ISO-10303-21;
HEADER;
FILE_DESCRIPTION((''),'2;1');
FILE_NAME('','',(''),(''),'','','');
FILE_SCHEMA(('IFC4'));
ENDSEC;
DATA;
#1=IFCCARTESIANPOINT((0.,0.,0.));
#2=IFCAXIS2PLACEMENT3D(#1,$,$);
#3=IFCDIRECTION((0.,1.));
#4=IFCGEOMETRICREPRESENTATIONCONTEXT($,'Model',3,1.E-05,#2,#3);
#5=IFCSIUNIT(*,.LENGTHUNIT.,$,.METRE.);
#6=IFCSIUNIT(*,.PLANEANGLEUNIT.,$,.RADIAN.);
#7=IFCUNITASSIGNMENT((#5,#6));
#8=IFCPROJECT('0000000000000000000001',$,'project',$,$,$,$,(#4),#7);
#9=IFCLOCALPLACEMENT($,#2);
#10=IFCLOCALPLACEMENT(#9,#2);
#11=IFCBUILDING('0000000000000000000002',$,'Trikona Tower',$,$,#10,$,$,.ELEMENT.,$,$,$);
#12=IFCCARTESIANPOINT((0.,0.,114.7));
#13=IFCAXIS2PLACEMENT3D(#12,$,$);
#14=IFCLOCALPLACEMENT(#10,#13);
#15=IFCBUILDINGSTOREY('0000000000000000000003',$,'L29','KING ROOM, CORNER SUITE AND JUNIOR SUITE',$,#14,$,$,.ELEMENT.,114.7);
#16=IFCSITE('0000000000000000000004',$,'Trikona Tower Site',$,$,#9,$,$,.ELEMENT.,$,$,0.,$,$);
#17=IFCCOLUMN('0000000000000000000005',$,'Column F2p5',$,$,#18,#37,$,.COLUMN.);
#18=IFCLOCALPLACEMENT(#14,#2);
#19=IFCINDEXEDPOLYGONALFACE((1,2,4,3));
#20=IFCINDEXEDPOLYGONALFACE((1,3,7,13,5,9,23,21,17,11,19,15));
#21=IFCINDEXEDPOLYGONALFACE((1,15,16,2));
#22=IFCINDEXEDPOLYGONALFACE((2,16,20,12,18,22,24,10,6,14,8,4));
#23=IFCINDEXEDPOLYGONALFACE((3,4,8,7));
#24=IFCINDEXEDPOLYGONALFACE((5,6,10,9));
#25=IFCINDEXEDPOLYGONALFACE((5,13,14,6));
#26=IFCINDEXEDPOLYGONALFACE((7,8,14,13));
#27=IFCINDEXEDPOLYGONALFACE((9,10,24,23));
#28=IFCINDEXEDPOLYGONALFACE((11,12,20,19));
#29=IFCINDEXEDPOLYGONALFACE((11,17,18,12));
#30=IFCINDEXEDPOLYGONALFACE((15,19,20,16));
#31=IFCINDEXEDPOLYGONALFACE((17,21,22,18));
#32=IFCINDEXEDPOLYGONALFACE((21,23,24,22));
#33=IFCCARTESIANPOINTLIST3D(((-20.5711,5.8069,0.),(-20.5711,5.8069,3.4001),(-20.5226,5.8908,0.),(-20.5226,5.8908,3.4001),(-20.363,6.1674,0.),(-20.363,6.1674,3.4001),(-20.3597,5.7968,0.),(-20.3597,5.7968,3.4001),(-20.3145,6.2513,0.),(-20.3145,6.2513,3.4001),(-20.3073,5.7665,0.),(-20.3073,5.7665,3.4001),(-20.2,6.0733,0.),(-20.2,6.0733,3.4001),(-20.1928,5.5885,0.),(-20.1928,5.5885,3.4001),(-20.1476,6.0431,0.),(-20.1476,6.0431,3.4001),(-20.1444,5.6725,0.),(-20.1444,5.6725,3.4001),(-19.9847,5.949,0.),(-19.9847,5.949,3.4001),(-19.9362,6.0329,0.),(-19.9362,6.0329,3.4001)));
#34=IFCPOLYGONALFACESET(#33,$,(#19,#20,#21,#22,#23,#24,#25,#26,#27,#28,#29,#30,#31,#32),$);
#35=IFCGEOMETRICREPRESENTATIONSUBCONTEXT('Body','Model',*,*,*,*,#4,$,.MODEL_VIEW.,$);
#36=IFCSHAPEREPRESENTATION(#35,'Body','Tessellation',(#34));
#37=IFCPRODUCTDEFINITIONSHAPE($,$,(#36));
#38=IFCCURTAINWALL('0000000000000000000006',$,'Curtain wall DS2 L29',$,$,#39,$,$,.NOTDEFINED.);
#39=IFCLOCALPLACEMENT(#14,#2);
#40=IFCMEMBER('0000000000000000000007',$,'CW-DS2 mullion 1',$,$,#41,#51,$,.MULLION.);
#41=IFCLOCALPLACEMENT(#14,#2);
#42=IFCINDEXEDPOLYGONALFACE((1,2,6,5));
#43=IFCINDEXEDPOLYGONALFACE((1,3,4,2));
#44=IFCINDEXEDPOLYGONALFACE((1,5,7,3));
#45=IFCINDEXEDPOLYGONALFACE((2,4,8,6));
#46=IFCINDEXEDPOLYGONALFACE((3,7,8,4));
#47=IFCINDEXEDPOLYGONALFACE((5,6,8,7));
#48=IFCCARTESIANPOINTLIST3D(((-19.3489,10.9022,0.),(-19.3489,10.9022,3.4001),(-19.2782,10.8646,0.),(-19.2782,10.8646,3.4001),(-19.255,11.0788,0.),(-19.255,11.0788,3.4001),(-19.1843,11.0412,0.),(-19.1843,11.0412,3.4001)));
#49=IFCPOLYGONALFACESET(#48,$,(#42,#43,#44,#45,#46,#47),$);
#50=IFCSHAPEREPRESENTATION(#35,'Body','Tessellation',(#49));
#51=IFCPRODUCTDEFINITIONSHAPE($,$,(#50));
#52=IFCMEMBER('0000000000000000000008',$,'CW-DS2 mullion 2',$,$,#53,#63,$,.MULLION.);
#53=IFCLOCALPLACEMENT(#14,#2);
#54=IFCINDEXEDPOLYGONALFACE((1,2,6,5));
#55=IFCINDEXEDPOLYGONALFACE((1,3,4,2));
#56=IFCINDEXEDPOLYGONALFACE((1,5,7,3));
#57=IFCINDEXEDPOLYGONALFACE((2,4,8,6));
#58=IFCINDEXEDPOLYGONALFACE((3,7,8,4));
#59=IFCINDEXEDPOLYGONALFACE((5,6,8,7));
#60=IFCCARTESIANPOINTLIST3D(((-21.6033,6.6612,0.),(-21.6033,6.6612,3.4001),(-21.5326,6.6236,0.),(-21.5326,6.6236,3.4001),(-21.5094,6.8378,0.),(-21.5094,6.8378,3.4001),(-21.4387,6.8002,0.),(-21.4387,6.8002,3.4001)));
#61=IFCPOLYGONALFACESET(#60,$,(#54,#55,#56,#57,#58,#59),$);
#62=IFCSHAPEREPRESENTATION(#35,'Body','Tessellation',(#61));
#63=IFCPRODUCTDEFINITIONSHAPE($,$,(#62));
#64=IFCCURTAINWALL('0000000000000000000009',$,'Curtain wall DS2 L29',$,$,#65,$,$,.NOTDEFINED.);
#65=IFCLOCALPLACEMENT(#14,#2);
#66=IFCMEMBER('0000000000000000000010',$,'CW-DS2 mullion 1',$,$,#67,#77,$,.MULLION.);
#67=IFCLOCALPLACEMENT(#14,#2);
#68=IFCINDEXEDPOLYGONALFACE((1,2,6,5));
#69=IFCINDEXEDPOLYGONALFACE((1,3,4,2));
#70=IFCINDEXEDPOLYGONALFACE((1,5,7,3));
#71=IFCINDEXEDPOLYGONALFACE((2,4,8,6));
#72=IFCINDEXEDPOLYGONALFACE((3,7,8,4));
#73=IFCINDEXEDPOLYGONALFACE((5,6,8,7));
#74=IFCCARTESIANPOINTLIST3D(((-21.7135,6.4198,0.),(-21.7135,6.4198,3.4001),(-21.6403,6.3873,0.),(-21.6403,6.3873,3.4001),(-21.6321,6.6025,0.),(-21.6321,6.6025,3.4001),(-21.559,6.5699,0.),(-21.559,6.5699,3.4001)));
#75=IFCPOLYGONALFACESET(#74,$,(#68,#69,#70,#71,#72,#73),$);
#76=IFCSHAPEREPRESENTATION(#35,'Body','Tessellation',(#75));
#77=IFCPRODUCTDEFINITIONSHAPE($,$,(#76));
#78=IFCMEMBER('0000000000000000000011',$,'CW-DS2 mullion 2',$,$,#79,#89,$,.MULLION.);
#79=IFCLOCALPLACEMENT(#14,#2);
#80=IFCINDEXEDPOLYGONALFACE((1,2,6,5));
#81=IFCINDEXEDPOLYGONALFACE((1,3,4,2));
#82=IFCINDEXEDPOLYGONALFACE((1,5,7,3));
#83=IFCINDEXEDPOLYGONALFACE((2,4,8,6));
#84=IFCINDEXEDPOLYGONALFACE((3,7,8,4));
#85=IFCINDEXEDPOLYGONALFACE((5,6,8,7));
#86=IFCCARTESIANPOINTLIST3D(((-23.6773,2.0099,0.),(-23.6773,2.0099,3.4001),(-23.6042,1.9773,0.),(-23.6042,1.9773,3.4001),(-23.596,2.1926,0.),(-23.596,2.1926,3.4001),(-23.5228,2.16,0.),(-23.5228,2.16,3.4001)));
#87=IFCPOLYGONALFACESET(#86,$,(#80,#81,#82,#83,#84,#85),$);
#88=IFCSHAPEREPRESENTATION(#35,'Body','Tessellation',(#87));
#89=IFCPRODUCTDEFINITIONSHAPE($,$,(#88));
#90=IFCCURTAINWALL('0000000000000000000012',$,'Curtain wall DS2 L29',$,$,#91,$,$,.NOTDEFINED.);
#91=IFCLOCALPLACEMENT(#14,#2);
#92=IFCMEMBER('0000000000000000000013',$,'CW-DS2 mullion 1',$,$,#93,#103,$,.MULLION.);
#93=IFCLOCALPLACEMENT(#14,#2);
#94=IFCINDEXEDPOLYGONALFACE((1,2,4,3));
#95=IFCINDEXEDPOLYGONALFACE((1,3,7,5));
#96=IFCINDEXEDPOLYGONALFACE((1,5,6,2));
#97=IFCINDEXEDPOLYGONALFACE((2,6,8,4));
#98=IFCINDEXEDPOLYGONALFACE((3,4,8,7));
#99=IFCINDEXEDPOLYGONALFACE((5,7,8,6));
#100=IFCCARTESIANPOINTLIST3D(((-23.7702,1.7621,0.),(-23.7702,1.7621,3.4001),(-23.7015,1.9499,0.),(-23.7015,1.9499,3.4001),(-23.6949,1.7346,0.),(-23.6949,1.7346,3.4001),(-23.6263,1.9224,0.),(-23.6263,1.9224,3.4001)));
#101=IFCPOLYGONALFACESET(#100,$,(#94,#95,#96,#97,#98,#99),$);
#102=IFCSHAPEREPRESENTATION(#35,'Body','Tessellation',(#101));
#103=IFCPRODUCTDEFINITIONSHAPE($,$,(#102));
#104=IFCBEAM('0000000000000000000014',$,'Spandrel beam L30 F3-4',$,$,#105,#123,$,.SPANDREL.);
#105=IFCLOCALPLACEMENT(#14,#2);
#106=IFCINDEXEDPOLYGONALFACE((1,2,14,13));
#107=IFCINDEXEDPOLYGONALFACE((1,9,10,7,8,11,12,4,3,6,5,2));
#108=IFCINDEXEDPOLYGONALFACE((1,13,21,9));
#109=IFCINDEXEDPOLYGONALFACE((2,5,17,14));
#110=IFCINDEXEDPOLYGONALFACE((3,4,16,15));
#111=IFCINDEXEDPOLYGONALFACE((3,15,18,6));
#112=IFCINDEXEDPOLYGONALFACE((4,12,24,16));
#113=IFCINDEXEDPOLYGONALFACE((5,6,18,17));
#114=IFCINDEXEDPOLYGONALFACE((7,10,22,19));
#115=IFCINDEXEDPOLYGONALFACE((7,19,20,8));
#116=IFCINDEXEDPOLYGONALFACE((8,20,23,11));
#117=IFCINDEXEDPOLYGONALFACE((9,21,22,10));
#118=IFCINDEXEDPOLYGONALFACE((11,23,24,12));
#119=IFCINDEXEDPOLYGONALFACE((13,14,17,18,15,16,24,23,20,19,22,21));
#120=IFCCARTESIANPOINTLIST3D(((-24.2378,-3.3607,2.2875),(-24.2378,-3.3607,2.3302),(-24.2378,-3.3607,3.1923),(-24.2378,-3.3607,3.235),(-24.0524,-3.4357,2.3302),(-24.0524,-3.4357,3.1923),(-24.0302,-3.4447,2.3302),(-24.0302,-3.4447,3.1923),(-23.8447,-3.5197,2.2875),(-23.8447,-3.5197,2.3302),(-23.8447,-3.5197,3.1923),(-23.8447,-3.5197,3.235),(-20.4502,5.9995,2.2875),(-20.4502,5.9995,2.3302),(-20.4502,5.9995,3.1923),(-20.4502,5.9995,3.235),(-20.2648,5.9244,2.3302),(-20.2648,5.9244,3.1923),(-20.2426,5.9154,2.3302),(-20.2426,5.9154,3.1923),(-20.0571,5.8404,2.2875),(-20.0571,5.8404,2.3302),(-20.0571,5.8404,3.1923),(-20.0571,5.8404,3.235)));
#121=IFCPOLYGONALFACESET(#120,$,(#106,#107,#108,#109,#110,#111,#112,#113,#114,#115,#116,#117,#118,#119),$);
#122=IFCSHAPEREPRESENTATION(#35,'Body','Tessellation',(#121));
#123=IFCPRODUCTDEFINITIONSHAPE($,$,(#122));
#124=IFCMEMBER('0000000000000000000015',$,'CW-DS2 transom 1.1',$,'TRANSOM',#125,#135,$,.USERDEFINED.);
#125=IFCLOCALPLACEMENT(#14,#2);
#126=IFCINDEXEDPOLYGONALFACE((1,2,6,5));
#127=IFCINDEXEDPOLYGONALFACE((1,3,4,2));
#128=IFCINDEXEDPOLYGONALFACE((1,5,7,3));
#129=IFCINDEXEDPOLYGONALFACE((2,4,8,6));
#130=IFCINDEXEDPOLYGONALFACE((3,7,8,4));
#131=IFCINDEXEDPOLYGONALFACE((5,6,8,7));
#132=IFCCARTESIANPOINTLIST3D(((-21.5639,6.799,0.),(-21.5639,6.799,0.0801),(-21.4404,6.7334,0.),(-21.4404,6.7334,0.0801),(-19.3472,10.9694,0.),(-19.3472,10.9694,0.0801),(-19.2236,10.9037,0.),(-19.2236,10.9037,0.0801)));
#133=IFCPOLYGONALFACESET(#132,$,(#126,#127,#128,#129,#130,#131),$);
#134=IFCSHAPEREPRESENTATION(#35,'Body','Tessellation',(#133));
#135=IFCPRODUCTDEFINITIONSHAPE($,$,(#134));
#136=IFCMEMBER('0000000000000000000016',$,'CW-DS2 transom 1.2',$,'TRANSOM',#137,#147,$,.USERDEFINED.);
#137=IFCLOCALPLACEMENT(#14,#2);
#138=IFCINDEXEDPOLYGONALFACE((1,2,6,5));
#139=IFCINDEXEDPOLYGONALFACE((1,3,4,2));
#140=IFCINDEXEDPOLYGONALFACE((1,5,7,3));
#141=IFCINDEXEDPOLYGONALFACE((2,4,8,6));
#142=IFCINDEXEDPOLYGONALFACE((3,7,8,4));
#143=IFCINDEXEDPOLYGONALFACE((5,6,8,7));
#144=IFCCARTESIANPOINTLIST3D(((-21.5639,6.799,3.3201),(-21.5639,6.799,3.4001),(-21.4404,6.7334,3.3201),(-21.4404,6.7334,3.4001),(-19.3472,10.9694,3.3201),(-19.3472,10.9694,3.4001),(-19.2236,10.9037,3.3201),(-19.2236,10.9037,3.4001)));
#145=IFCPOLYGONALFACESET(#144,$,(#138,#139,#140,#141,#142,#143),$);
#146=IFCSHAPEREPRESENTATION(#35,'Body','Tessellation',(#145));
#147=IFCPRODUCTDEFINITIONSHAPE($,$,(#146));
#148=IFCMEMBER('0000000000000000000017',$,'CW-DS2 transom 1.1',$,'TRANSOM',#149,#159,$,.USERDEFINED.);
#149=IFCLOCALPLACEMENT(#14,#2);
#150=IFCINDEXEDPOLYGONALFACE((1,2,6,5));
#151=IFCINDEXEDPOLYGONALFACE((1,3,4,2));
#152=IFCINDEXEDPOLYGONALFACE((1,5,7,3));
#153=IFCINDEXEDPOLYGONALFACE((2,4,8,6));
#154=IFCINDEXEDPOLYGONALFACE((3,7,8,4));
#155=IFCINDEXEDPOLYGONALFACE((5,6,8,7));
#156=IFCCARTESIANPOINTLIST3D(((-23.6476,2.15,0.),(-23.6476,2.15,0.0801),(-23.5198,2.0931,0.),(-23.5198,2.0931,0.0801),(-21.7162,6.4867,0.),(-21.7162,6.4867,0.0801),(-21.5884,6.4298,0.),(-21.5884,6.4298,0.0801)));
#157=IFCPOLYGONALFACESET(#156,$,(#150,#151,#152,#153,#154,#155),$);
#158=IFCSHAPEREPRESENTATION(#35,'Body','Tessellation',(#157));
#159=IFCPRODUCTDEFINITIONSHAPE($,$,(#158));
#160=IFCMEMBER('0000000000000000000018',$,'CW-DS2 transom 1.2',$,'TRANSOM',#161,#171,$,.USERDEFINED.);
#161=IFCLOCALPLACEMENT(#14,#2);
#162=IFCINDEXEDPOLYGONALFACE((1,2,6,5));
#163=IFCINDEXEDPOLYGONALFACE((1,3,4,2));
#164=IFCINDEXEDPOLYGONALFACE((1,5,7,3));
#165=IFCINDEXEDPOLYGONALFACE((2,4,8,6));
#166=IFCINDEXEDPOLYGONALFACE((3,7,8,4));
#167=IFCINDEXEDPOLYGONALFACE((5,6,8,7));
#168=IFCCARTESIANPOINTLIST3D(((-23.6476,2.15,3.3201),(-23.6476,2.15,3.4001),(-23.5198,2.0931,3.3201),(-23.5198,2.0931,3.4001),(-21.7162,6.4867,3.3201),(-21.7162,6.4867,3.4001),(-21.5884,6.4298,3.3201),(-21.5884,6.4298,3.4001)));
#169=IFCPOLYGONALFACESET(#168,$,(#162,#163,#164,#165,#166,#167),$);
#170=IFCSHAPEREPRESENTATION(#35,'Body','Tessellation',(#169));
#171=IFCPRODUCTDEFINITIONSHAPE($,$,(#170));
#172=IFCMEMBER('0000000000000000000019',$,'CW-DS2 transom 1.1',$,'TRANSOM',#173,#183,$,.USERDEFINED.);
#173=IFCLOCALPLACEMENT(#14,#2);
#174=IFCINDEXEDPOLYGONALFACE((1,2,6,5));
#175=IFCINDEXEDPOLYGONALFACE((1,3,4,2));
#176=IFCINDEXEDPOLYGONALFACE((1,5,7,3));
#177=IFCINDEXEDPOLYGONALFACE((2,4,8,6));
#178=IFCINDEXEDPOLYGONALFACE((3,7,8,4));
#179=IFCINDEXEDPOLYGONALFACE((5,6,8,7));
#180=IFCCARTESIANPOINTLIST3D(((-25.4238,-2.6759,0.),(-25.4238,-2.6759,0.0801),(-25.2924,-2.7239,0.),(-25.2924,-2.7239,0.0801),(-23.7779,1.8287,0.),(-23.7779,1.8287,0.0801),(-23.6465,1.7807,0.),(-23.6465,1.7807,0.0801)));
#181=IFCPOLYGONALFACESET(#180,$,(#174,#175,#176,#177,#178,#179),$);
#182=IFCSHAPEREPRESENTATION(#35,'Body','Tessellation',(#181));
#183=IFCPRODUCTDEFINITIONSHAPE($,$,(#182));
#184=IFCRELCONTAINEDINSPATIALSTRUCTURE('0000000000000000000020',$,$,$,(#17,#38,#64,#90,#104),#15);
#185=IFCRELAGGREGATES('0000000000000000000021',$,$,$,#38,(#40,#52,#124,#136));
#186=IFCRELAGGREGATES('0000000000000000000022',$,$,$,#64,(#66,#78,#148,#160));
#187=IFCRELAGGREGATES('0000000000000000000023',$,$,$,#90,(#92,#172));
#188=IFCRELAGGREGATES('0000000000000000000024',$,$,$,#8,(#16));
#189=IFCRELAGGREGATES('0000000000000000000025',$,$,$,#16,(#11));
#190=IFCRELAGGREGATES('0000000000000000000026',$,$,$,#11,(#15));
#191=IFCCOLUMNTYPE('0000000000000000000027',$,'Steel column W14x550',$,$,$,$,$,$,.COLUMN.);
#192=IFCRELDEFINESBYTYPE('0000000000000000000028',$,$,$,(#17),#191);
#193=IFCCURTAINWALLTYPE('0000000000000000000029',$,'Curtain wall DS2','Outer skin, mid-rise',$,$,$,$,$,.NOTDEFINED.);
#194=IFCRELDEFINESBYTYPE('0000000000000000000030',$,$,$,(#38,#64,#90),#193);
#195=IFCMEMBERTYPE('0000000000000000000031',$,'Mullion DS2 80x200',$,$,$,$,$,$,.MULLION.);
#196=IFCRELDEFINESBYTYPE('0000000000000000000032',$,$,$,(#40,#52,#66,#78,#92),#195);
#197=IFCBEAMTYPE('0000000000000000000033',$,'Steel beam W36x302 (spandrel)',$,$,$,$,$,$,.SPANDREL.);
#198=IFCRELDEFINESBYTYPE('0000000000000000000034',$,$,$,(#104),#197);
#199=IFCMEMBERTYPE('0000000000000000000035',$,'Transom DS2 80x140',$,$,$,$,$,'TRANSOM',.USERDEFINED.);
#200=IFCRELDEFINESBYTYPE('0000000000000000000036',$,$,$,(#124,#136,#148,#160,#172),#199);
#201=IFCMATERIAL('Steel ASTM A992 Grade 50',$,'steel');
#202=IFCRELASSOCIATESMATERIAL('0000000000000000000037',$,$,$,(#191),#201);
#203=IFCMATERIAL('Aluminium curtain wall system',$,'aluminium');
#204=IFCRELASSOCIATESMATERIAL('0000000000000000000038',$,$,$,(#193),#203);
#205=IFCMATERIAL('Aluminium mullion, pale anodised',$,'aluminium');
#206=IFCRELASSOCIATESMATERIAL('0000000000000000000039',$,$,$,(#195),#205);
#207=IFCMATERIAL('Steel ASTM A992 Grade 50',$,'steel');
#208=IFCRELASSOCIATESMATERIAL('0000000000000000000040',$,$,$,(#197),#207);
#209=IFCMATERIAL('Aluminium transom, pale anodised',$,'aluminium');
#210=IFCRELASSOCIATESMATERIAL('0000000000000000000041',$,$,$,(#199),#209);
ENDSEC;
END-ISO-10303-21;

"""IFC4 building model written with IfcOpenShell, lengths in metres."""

from ifc_helpers import new_model, si_unit, direction, frame, origin, origin_2d, place, context, subcontext, project, spatial, rectangle, i_section, extrude, material, material_profile, profile_set, type_object, element, aggregate, save


model = new_model("IFC4")

# Units and contexts
model_context = context("Model", 3, precision=1e-05, world=origin(), true_north=direction((0.0, 1.0)))
body_context = subcontext(model_context, "Body", "Model", "MODEL_VIEW")
ifc_project = project(units=[si_unit("LENGTHUNIT", "METRE"), si_unit("PLANEANGLEUNIT", "RADIAN")], contexts=[model_context])

# Site, building, storey
site_placement = place(None, origin())
site = spatial("IfcSite", under=ifc_project, at=site_placement, Name="Trikona Tower Site", CompositionType="ELEMENT", RefElevation=0.0)
building_placement = place(site_placement, origin())
building = spatial("IfcBuilding", under=site, at=building_placement, Name="Trikona Tower", CompositionType="ELEMENT")
storey_placement = place(building_placement, frame((0.0, 0.0, 114.7)))
storey = spatial("IfcBuildingStorey", under=building, at=storey_placement, Name="L29", Description="KING ROOM, CORNER SUITE AND JUNIOR SUITE", CompositionType="ELEMENT", Elevation=114.7)

# Column
ifc_material_1 = material(Name="Steel ASTM A992 Grade 50", Category="steel")
ifc_material_profile_1 = material_profile(ifc_material_1, i_section(OverallWidth=0.4368, OverallDepth=0.5132, WebThickness=0.0605, FlangeThickness=0.0969, at=origin_2d()), Name="W14X550")
ifc_profile_set_1 = profile_set([ifc_material_profile_1], Name="Steel ASTM A992 Grade 50")
column_type = type_object("IfcColumnType", Name="Steel column W14x550", PredefinedType="COLUMN", material=ifc_profile_set_1)
column_placement = place(storey_placement, frame((-20.2537, 5.9199, 0.0), z_axis=(0.0, 0.0, 1.0), x_axis=(-0.866025, 0.5, 0.0)))
element("IfcColumn", 1, at=column_placement, inside=storey, type_object=column_type, Name="Column F2p5", PredefinedType="COLUMN", context=body_context, shape_type="SweptSolid", body=[
    extrude(i_section(OverallWidth=0.4368, OverallDepth=0.5132, WebThickness=0.0605, FlangeThickness=0.0969, at=origin_2d()), origin(), (0.0, 0.0, 1.0), 3.4001),
])

# Curtain walls, members
ifc_material_2 = material(Name="Aluminium curtain wall system", Category="aluminium")
curtain_wall_type = type_object("IfcCurtainWallType", Name="Curtain wall DS2", Description="Outer skin, mid-rise", PredefinedType="NOTDEFINED", material=ifc_material_2)
curtain_wall_1_placement = place(storey_placement, origin())
curtain_wall_1 = element("IfcCurtainWall", 2, at=curtain_wall_1_placement, inside=storey, type_object=curtain_wall_type, Name="Curtain wall DS2 L29", PredefinedType="NOTDEFINED")
ifc_material_3 = material(Name="Aluminium mullion, pale anodised", Category="aluminium")
ifc_material_profile_2 = material_profile(ifc_material_3, rectangle(XDim=0.0801, YDim=0.2, at=origin_2d()), Name="MUL-DS2")
ifc_profile_set_2 = profile_set([ifc_material_profile_2], Name="Aluminium mullion, pale anodised")
member_type_1 = type_object("IfcMemberType", Name="Mullion DS2 80x200", PredefinedType="MULLION", material=ifc_profile_set_2)
member_1_placement = place(storey_placement, frame((-19.2666, 10.9717, 0.0), z_axis=(0.0, 0.0, 1.0), x_axis=(0.882996, -0.46938, 0.0)))
member_1 = element("IfcMember", 3, at=member_1_placement, type_object=member_type_1, Name="CW-DS2 mullion 1", PredefinedType="MULLION", context=body_context, shape_type="SweptSolid", body=[
    extrude(rectangle(XDim=0.0801, YDim=0.2, at=origin_2d()), origin(), (0.0, 0.0, 1.0), 3.4001),
])
member_2_placement = place(storey_placement, frame((-21.521, 6.7307, 0.0), z_axis=(0.0, 0.0, 1.0), x_axis=(0.882996, -0.46938, 0.0)))
member_2 = element("IfcMember", 4, at=member_2_placement, type_object=member_type_1, Name="CW-DS2 mullion 2", PredefinedType="MULLION", context=body_context, shape_type="SweptSolid", body=[
    extrude(rectangle(XDim=0.0801, YDim=0.2, at=origin_2d()), origin(), (0.0, 0.0, 1.0), 3.4001),
])
curtain_wall_2_placement = place(storey_placement, origin())
curtain_wall_2 = element("IfcCurtainWall", 5, at=curtain_wall_2_placement, inside=storey, type_object=curtain_wall_type, Name="Curtain wall DS2 L29", PredefinedType="NOTDEFINED")
member_3_placement = place(storey_placement, frame((-21.6362, 6.4949, 0.0), z_axis=(0.0, 0.0, 1.0), x_axis=(0.913501, -0.406836, 0.0)))
member_3 = element("IfcMember", 6, at=member_3_placement, type_object=member_type_1, Name="CW-DS2 mullion 1", PredefinedType="MULLION", context=body_context, shape_type="SweptSolid", body=[
    extrude(rectangle(XDim=0.0801, YDim=0.2, at=origin_2d()), origin(), (0.0, 0.0, 1.0), 3.4001),
])
member_4_placement = place(storey_placement, frame((-23.6001, 2.085, 0.0), z_axis=(0.0, 0.0, 1.0), x_axis=(0.913501, -0.406836, 0.0)))
member_4 = element("IfcMember", 7, at=member_4_placement, type_object=member_type_1, Name="CW-DS2 mullion 2", PredefinedType="MULLION", context=body_context, shape_type="SweptSolid", body=[
    extrude(rectangle(XDim=0.0801, YDim=0.2, at=origin_2d()), origin(), (0.0, 0.0, 1.0), 3.4001),
])

# Curtain wall, member
curtain_wall_3_placement = place(storey_placement, origin())
curtain_wall_3 = element("IfcCurtainWall", 8, at=curtain_wall_3_placement, inside=storey, type_object=curtain_wall_type, Name="Curtain wall DS2 L29", PredefinedType="NOTDEFINED")
member_5_placement = place(storey_placement, frame((-23.6982, 1.8423, 0.0), z_axis=(0.0, 0.0, 1.0), x_axis=(0.939254, -0.343223, 0.0)))
member_5 = element("IfcMember", 9, at=member_5_placement, type_object=member_type_1, Name="CW-DS2 mullion 1", PredefinedType="MULLION", context=body_context, shape_type="SweptSolid", body=[
    extrude(rectangle(XDim=0.0801, YDim=0.2, at=origin_2d()), origin(), (0.0, 0.0, 1.0), 3.4001),
])

# Beam
ifc_material_4 = material(Name="Steel ASTM A992 Grade 50", Category="steel")
ifc_material_profile_3 = material_profile(ifc_material_4, i_section(OverallWidth=0.4241, OverallDepth=0.9475, WebThickness=0.0239, FlangeThickness=0.0427, at=origin_2d()), Name="W36X302")
ifc_profile_set_3 = profile_set([ifc_material_profile_3], Name="Steel ASTM A992 Grade 50")
beam_type = type_object("IfcBeamType", Name="Steel beam W36x302 (spandrel)", PredefinedType="SPANDREL", material=ifc_profile_set_3)
beam_placement = place(storey_placement, frame((-20.2537, 5.9199, 2.7612), z_axis=(-0.375106, -0.926982, 0.0), x_axis=(0.926982, -0.375106, 0.0)))
element("IfcBeam", 10, at=beam_placement, inside=storey, type_object=beam_type, Name="Spandrel beam L30 F3-4", PredefinedType="SPANDREL", context=body_context, shape_type="SweptSolid", body=[
    extrude(i_section(OverallWidth=0.4241, OverallDepth=0.9475, WebThickness=0.0239, FlangeThickness=0.0427, at=origin_2d()), origin(), (0.0, 0.0, 1.0), 10.0974),
])

# Members
ifc_material_5 = material(Name="Aluminium transom, pale anodised", Category="aluminium")
ifc_material_profile_4 = material_profile(ifc_material_5, rectangle(XDim=0.1399, YDim=0.0801, at=origin_2d()), Name="TRN-DS2")
ifc_profile_set_4 = profile_set([ifc_material_profile_4], Name="Aluminium transom, pale anodised")
member_type_2 = type_object("IfcMemberType", Name="Transom DS2 80x140", ElementType="TRANSOM", PredefinedType="USERDEFINED", material=ifc_profile_set_4)
member_6_placement = place(storey_placement, frame((-19.2854, 10.9365, 0.04), z_axis=(-0.469364, -0.883005, 0.0), x_axis=(0.883005, -0.469364, 0.0)))
member_6 = element("IfcMember", 11, at=member_6_placement, type_object=member_type_2, Name="CW-DS2 transom 1.1", ObjectType="TRANSOM", PredefinedType="USERDEFINED", context=body_context, shape_type="SweptSolid", body=[
    extrude(rectangle(XDim=0.1399, YDim=0.0801, at=origin_2d()), origin(), (0.0, 0.0, 1.0), 4.7229),
])
member_7_placement = place(storey_placement, frame((-19.2854, 10.9365, 3.3601), z_axis=(-0.469364, -0.883005, 0.0), x_axis=(0.883005, -0.469364, 0.0)))
member_7 = element("IfcMember", 12, at=member_7_placement, type_object=member_type_2, Name="CW-DS2 transom 1.2", ObjectType="TRANSOM", PredefinedType="USERDEFINED", context=body_context, shape_type="SweptSolid", body=[
    extrude(rectangle(XDim=0.1399, YDim=0.0801, at=origin_2d()), origin(), (0.0, 0.0, 1.0), 4.7229),
])
member_8_placement = place(storey_placement, frame((-21.6523, 6.4583, 0.04), z_axis=(-0.40684, -0.9135, 0.0), x_axis=(0.9135, -0.40684, 0.0)))
member_8 = element("IfcMember", 13, at=member_8_placement, type_object=member_type_2, Name="CW-DS2 transom 1.1", ObjectType="TRANSOM", PredefinedType="USERDEFINED", context=body_context, shape_type="SweptSolid", body=[
    extrude(rectangle(XDim=0.1399, YDim=0.0801, at=origin_2d()), origin(), (0.0, 0.0, 1.0), 4.7473),
])
member_9_placement = place(storey_placement, frame((-21.6523, 6.4583, 3.3601), z_axis=(-0.40684, -0.9135, 0.0), x_axis=(0.9135, -0.40684, 0.0)))
member_9 = element("IfcMember", 14, at=member_9_placement, type_object=member_type_2, Name="CW-DS2 transom 1.2", ObjectType="TRANSOM", PredefinedType="USERDEFINED", context=body_context, shape_type="SweptSolid", body=[
    extrude(rectangle(XDim=0.1399, YDim=0.0801, at=origin_2d()), origin(), (0.0, 0.0, 1.0), 4.7473),
])
member_10_placement = place(storey_placement, frame((-23.7122, 1.8047, 0.04), z_axis=(-0.343206, -0.93926, 0.0), x_axis=(0.93926, -0.343206, 0.0)))
member_10 = element("IfcMember", 15, at=member_10_placement, type_object=member_type_2, Name="CW-DS2 transom 1.1", ObjectType="TRANSOM", PredefinedType="USERDEFINED", context=body_context, shape_type="SweptSolid", body=[
    extrude(rectangle(XDim=0.1399, YDim=0.0801, at=origin_2d()), origin(), (0.0, 0.0, 1.0), 4.7959),
])

aggregate(curtain_wall_1, [member_1, member_2, member_6, member_7])
aggregate(curtain_wall_2, [member_3, member_4, member_8, member_9])
aggregate(curtain_wall_3, [member_5, member_10])

save(model, "model.ifc")
